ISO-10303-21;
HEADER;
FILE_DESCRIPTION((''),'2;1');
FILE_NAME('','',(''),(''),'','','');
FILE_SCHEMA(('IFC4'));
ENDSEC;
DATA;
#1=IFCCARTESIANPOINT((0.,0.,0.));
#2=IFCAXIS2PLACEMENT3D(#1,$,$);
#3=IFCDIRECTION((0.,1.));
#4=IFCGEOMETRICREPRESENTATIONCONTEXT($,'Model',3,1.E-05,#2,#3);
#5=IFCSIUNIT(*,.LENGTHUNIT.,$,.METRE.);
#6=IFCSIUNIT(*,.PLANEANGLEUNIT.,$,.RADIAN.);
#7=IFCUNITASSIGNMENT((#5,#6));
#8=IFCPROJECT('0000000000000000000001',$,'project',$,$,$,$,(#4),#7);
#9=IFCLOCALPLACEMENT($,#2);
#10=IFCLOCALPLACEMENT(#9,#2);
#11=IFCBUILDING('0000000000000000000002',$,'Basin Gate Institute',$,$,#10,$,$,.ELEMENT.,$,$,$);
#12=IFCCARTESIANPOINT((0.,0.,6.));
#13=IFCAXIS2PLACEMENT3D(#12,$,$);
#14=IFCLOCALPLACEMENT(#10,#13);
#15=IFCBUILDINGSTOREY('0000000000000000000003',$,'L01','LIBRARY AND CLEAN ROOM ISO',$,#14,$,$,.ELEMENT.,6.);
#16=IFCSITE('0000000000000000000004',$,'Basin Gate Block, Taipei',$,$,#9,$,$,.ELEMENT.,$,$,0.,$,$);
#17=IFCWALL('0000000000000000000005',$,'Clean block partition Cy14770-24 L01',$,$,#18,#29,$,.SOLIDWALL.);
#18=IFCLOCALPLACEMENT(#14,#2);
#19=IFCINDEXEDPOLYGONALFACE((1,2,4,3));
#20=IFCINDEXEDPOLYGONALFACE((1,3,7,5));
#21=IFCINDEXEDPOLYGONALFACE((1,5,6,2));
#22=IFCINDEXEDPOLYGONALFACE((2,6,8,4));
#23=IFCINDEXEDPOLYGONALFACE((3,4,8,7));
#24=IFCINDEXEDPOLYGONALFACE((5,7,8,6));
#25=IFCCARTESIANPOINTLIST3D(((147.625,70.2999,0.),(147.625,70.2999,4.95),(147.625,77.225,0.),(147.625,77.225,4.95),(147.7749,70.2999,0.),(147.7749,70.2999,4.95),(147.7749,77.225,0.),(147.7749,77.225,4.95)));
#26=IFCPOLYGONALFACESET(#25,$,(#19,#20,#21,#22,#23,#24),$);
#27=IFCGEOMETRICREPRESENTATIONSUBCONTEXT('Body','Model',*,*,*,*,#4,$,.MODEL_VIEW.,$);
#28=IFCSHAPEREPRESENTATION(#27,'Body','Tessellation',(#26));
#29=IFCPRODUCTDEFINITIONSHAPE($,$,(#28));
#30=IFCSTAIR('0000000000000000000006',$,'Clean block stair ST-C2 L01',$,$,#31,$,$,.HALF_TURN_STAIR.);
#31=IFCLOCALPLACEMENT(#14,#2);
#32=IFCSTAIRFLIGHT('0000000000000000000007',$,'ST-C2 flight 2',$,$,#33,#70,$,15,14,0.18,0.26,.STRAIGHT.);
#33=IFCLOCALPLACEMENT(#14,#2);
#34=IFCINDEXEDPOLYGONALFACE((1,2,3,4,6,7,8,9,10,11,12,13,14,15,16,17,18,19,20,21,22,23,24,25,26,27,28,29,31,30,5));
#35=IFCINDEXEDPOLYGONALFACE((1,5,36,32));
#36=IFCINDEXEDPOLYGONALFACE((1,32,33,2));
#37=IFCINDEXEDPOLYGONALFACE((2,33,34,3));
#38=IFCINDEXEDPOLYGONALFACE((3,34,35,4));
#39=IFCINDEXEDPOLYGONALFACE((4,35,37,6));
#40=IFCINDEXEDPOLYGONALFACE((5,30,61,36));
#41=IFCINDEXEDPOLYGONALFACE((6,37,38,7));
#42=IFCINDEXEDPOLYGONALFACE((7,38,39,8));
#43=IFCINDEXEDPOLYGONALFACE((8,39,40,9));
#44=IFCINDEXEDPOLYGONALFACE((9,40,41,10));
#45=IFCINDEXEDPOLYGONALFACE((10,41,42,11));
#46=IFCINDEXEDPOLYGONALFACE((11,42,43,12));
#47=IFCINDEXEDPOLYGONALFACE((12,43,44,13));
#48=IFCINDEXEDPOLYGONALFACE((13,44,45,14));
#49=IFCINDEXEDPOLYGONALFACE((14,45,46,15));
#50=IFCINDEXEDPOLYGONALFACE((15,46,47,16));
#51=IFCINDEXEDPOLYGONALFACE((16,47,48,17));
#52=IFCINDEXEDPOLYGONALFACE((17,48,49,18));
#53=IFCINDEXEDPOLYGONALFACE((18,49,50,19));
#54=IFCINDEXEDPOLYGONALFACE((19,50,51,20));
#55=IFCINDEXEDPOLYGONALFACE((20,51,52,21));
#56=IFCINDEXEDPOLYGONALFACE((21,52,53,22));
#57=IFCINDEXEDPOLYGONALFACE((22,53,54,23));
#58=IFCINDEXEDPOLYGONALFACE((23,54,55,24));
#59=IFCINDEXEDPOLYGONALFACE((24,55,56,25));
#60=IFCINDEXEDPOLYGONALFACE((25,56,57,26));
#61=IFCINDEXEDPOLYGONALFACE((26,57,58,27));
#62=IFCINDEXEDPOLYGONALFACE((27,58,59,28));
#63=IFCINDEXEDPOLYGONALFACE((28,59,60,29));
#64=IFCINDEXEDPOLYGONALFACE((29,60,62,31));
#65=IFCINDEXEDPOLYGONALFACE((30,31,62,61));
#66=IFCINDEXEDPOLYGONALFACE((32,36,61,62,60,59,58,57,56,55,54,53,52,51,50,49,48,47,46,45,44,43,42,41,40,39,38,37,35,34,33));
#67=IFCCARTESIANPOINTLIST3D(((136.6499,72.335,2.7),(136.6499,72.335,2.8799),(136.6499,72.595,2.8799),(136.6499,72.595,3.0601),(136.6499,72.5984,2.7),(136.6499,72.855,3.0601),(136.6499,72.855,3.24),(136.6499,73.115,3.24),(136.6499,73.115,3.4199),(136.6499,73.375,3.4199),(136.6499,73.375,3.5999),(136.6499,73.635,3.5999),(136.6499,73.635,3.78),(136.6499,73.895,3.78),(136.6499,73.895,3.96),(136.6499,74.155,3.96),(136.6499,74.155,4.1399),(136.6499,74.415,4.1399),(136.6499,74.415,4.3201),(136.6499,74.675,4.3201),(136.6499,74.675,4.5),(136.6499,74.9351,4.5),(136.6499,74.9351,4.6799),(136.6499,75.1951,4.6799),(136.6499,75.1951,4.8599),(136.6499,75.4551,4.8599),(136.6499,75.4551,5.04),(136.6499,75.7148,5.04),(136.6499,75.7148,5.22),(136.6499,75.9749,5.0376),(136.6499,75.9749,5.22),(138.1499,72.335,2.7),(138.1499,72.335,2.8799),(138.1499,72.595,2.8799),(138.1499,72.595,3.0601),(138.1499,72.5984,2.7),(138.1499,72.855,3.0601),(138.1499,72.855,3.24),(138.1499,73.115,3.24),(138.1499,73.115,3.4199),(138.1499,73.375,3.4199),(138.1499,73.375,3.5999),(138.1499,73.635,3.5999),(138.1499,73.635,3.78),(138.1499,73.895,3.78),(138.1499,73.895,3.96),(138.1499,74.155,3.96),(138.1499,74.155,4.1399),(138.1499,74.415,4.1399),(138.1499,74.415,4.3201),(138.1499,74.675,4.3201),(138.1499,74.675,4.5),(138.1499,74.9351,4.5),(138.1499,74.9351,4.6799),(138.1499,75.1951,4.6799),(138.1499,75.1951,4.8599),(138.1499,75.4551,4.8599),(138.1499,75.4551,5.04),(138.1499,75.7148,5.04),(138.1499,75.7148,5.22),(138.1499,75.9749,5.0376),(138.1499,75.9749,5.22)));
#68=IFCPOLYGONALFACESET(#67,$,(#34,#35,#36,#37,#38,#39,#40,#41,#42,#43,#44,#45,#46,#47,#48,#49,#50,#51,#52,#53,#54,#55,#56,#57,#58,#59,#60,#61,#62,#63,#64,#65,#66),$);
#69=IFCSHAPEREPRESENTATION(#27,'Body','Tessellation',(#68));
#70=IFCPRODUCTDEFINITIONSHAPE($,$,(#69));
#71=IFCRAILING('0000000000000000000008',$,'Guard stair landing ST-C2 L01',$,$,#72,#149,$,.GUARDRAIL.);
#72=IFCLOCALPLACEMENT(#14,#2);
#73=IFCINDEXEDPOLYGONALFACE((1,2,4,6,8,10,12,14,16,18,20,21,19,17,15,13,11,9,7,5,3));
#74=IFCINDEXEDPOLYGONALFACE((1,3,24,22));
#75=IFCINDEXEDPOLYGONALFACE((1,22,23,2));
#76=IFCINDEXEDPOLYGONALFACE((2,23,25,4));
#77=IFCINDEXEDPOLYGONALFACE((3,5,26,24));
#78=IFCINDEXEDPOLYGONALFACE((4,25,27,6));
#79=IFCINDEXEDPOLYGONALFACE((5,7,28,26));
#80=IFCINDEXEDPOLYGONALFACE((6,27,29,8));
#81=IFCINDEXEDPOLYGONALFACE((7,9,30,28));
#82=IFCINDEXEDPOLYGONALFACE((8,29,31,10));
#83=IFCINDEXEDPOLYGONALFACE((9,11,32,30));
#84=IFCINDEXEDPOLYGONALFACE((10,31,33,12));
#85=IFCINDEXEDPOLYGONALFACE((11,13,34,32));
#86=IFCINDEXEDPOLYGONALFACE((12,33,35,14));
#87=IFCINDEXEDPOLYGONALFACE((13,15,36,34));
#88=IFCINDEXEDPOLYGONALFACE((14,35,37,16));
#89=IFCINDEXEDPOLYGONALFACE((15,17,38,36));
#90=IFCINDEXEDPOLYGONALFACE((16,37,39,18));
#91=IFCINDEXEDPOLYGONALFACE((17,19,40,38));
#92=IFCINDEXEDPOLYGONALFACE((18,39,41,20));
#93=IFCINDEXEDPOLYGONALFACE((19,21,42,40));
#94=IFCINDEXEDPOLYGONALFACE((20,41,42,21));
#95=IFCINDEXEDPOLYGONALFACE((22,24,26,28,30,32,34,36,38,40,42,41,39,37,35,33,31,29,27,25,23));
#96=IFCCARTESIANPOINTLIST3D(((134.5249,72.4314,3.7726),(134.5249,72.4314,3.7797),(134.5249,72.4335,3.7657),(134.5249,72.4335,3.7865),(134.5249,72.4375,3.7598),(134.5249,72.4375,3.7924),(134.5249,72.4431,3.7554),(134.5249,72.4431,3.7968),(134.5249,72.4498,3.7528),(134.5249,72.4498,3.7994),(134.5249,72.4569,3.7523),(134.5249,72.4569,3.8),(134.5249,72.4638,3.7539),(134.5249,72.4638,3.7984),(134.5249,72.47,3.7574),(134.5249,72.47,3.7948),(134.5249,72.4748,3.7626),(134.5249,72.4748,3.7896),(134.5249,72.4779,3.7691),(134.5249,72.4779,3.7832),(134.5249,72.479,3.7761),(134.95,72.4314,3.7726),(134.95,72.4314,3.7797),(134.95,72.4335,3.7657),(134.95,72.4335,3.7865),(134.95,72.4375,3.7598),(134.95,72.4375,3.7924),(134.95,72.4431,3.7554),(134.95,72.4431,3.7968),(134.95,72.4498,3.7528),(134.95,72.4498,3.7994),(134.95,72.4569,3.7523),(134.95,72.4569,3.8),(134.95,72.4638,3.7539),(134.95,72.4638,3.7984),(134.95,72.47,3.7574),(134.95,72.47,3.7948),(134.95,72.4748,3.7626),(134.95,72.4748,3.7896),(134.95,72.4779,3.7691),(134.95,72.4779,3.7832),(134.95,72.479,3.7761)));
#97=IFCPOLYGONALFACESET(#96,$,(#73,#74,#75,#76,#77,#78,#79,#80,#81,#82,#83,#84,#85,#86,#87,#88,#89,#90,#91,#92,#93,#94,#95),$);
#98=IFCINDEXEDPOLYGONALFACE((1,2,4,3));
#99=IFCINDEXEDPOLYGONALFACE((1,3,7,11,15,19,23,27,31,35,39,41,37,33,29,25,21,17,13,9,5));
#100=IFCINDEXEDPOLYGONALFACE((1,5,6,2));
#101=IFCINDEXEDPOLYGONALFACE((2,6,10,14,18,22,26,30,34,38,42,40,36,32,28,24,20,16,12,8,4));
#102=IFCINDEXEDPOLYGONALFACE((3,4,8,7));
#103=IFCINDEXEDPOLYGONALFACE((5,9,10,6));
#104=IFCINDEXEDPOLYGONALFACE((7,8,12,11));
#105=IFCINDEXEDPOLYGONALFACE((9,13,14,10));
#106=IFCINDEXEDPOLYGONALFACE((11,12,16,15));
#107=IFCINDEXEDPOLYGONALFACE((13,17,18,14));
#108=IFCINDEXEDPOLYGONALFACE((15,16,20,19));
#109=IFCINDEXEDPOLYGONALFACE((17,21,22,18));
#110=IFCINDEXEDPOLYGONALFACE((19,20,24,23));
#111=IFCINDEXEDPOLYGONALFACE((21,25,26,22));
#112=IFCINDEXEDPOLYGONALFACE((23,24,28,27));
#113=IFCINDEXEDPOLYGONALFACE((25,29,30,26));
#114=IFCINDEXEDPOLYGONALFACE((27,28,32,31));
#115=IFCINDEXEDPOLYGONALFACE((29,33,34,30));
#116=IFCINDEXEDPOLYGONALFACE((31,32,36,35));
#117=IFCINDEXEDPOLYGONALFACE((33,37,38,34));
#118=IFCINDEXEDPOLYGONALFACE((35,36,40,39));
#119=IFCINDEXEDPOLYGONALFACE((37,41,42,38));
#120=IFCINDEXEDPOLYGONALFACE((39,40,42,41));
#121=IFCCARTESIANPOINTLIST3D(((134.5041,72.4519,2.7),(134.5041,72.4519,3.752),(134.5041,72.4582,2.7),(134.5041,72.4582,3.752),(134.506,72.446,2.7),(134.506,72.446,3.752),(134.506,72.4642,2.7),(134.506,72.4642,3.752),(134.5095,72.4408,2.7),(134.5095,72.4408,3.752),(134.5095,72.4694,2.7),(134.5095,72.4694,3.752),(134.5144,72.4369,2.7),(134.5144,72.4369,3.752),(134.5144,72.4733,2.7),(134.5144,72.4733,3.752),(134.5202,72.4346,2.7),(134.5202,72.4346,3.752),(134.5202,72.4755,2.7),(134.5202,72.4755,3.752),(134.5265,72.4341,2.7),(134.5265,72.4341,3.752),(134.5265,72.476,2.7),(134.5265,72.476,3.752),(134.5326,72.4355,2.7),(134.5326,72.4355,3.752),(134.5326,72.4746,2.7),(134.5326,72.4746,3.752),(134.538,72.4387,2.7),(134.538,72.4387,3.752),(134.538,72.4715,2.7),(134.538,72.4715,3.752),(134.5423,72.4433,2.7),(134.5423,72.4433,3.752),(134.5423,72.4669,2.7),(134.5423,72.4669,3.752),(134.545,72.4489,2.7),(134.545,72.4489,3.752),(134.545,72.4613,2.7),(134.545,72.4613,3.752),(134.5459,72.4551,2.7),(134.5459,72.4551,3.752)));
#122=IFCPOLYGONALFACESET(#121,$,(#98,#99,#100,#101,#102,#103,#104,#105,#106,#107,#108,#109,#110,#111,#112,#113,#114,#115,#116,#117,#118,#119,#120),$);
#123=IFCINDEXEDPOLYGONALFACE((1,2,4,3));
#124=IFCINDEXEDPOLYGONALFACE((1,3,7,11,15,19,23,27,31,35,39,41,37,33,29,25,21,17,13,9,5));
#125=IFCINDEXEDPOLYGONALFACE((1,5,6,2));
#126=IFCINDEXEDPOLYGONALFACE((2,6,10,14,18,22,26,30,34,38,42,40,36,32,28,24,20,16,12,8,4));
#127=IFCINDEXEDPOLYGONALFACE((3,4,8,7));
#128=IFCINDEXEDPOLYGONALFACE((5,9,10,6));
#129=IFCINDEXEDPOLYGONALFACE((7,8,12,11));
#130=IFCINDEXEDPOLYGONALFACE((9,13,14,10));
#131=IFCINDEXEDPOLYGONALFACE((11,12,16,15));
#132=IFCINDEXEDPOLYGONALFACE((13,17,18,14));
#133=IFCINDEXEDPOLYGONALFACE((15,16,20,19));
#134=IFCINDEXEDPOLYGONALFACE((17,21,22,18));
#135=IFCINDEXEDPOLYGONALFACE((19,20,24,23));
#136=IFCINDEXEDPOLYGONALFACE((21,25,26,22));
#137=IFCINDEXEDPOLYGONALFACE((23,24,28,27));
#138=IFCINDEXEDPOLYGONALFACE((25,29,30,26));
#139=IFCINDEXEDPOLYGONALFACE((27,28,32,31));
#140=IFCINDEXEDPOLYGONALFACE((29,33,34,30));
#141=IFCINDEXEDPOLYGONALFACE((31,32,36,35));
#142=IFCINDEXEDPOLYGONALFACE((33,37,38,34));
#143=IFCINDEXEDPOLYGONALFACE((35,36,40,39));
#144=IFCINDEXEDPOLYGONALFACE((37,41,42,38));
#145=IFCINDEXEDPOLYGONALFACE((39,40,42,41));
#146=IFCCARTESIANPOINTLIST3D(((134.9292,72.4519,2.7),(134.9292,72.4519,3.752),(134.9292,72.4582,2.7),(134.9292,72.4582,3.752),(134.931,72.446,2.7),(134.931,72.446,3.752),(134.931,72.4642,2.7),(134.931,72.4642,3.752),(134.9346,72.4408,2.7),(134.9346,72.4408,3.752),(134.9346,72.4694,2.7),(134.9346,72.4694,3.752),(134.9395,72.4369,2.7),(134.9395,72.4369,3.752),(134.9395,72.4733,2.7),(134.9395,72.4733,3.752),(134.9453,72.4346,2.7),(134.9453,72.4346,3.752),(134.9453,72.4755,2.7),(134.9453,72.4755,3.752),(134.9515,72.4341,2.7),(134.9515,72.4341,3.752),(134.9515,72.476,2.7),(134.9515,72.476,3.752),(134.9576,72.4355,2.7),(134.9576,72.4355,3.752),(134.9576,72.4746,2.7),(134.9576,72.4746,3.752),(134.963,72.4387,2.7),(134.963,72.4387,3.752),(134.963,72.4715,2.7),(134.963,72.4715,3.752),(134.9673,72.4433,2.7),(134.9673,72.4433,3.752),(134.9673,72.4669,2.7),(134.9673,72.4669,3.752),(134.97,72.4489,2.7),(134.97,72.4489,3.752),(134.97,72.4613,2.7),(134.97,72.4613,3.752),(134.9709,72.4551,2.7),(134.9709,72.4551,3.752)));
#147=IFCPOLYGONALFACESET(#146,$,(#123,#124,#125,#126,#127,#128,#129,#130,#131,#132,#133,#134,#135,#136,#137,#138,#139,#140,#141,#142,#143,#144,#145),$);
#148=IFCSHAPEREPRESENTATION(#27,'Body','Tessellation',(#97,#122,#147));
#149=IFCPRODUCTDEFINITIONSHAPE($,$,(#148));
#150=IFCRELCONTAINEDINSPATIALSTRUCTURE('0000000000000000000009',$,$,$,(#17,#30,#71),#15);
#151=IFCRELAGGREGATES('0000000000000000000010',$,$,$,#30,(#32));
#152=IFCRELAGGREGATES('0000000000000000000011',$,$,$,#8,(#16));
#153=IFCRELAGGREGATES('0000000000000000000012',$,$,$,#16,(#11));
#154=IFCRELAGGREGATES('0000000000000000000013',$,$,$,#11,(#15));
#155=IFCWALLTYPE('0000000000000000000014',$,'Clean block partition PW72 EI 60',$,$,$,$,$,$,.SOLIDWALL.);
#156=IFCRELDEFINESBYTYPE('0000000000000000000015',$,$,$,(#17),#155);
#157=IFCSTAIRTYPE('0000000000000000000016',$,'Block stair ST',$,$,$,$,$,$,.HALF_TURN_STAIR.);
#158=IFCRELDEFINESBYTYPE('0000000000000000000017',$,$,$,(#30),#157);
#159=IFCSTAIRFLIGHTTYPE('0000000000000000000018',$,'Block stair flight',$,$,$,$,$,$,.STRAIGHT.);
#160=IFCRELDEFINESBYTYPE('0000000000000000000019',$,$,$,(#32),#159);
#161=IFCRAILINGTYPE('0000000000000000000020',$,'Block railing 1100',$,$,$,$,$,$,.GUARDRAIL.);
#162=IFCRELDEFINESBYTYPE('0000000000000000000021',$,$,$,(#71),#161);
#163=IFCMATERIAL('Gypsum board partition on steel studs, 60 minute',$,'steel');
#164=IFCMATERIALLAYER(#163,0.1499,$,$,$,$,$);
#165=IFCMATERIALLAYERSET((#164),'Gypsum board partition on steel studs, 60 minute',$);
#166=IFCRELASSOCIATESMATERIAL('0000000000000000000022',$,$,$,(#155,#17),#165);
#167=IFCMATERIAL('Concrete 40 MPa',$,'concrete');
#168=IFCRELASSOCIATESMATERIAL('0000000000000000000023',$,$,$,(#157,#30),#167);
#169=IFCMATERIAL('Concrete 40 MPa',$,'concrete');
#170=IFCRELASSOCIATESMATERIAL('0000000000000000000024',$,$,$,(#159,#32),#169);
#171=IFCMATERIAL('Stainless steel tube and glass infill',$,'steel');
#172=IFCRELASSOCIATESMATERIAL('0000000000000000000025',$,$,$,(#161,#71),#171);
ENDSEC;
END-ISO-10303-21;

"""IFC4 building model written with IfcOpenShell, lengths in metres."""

from ifc_helpers import new_model, si_unit, direction, frame, frame_2d, origin, origin_2d, place, context, subcontext, project, spatial, polyline, rectangle, circle, outline, extrude, material, layer, layer_set, type_object, element, aggregate, save


model = new_model("IFC4")

# Units and contexts
model_context = context("Model", 3, precision=1e-05, world=origin(), true_north=direction((0.0, 1.0)))
body_context = subcontext(model_context, "Body", "Model", "MODEL_VIEW")
ifc_project = project(units=[si_unit("LENGTHUNIT", "METRE"), si_unit("PLANEANGLEUNIT", "RADIAN")], contexts=[model_context])

# Site, building, storey
site_placement = place(None, origin())
site = spatial("IfcSite", under=ifc_project, at=site_placement, Name="Basin Gate Block, Taipei", CompositionType="ELEMENT", RefElevation=0.0)
building_placement = place(site_placement, origin())
building = spatial("IfcBuilding", under=site, at=building_placement, Name="Basin Gate Institute", CompositionType="ELEMENT")
storey_placement = place(building_placement, frame((0.0, 0.0, 6.0)))
storey = spatial("IfcBuildingStorey", under=building, at=storey_placement, Name="L01", Description="LIBRARY AND CLEAN ROOM ISO", CompositionType="ELEMENT", Elevation=6.0)

# Shared definitions
ifc_material_1 = material(Name="Gypsum board partition on steel studs, 60 minute", Category="steel")
ifc_layer_1 = layer(ifc_material_1, 0.1499)
ifc_layer_set_1 = layer_set([ifc_layer_1], Name="Gypsum board partition on steel studs, 60 minute")
wall_type_1 = type_object("IfcWallType", Name="Clean block partition PW72 EI 60", PredefinedType="SOLIDWALL", material=ifc_layer_set_1)

# Wall
wall_1_placement = place(storey_placement, frame((147.7, 70.3, 0.0), z_axis=(0.0, 0.0, 1.0), x_axis=(0.0, 1.0, 0.0)))
element("IfcWall", 1, at=wall_1_placement, inside=storey, type_object=wall_type_1, material=ifc_layer_set_1, Name="Clean block partition Cy14770-24 L01", PredefinedType="SOLIDWALL", context=body_context, shape_type="SweptSolid", body=[
    extrude(rectangle(XDim=6.925, YDim=0.1499, at=frame_2d((3.4624, 0.0))), origin(), (0.0, 0.0, 1.0), 4.95),
])

# Stair, stair flight
ifc_material_2 = material(Name="Concrete 40 MPa", Category="concrete")
stair_type = type_object("IfcStairType", Name="Block stair ST", PredefinedType="HALF_TURN_STAIR", material=ifc_material_2)
stair_placement = place(storey_placement, origin())
stair = element("IfcStair", 2, at=stair_placement, inside=storey, type_object=stair_type, material=ifc_material_2, Name="Clean block stair ST-C2 L01", PredefinedType="HALF_TURN_STAIR")
ifc_material_3 = material(Name="Concrete 40 MPa", Category="concrete")
stair_flight_type = type_object("IfcStairFlightType", Name="Block stair flight", PredefinedType="STRAIGHT", material=ifc_material_3)
stair_flight_placement = place(storey_placement, frame((137.3999, 72.335, 2.7), z_axis=(0.0, 0.0, 1.0), x_axis=(0.0, 1.0, 0.0)))
stair_flight = element("IfcStairFlight", 3, at=stair_flight_placement, type_object=stair_flight_type, material=ifc_material_3, Name="ST-C2 flight 2", NumberOfRisers=15, NumberOfTreads=14, PredefinedType="STRAIGHT", RiserHeight=0.18, TreadLength=0.26, context=body_context, shape_type="SweptSolid", body=[
    extrude(outline(polyline([(0.0, 0.0), (0.0, 0.1799), (0.26, 0.1799), (0.26, 0.3601), (0.52, 0.3601), (0.52, 0.54), (0.78, 0.54), (0.78, 0.72), (1.04, 0.72), (1.04, 0.8999), (1.3, 0.8999), (1.3, 1.0801), (1.5601, 1.0801), (1.5601, 1.26), (1.8201, 1.26), (1.8201, 1.4399), (2.0801, 1.4399), (2.0801, 1.6201), (2.3401, 1.6201), (2.3401, 1.8), (2.6001, 1.8), (2.6001, 1.98), (2.8601, 1.98), (2.8601, 2.1599), (3.1201, 2.1599), (3.1201, 2.3401), (3.3799, 2.3401), (3.3799, 2.52), (3.6399, 2.52), (3.6399, 2.7), (3.6399, 2.3376), (0.2634, 0.0), (0.0, 0.0)])), frame((0.0, 0.75, 0.0), z_axis=(0.0, -1.0, 0.0), x_axis=(1.0, 0.0, 0.0)), (0.0, 0.0, 1.0), 1.5),
])
aggregate(stair, [stair_flight])

# Railing
ifc_material_4 = material(Name="Stainless steel tube and glass infill", Category="steel")
railing_type_1 = type_object("IfcRailingType", Name="Block railing 1100", PredefinedType="GUARDRAIL", material=ifc_material_4)
for number, where, name in (
    (4, (134.5249, 72.4551, 2.7), "Guard stair landing ST-C2 L01"),
):
    element("IfcRailing", number, at=place(storey_placement, frame(where)), inside=storey, type_object=railing_type_1, material=ifc_material_4, Name=name, PredefinedType="GUARDRAIL", context=body_context, shape_type="SweptSolid", body=[
        extrude(circle(Radius=0.0239, at=origin_2d()), frame((0.0, 0.0, 1.0762), z_axis=(1.0, 0.0, 0.0), x_axis=(0.0, 1.0, 0.0)), (0.0, 0.0, 1.0), 0.425),
        extrude(circle(Radius=0.021, at=origin_2d()), origin(), (0.0, 0.0, 1.0), 1.052),
        extrude(circle(Radius=0.021, at=origin_2d()), frame((0.425, 0.0, 0.0)), (0.0, 0.0, 1.0), 1.052),
    ])

save(model, "model.ifc")
